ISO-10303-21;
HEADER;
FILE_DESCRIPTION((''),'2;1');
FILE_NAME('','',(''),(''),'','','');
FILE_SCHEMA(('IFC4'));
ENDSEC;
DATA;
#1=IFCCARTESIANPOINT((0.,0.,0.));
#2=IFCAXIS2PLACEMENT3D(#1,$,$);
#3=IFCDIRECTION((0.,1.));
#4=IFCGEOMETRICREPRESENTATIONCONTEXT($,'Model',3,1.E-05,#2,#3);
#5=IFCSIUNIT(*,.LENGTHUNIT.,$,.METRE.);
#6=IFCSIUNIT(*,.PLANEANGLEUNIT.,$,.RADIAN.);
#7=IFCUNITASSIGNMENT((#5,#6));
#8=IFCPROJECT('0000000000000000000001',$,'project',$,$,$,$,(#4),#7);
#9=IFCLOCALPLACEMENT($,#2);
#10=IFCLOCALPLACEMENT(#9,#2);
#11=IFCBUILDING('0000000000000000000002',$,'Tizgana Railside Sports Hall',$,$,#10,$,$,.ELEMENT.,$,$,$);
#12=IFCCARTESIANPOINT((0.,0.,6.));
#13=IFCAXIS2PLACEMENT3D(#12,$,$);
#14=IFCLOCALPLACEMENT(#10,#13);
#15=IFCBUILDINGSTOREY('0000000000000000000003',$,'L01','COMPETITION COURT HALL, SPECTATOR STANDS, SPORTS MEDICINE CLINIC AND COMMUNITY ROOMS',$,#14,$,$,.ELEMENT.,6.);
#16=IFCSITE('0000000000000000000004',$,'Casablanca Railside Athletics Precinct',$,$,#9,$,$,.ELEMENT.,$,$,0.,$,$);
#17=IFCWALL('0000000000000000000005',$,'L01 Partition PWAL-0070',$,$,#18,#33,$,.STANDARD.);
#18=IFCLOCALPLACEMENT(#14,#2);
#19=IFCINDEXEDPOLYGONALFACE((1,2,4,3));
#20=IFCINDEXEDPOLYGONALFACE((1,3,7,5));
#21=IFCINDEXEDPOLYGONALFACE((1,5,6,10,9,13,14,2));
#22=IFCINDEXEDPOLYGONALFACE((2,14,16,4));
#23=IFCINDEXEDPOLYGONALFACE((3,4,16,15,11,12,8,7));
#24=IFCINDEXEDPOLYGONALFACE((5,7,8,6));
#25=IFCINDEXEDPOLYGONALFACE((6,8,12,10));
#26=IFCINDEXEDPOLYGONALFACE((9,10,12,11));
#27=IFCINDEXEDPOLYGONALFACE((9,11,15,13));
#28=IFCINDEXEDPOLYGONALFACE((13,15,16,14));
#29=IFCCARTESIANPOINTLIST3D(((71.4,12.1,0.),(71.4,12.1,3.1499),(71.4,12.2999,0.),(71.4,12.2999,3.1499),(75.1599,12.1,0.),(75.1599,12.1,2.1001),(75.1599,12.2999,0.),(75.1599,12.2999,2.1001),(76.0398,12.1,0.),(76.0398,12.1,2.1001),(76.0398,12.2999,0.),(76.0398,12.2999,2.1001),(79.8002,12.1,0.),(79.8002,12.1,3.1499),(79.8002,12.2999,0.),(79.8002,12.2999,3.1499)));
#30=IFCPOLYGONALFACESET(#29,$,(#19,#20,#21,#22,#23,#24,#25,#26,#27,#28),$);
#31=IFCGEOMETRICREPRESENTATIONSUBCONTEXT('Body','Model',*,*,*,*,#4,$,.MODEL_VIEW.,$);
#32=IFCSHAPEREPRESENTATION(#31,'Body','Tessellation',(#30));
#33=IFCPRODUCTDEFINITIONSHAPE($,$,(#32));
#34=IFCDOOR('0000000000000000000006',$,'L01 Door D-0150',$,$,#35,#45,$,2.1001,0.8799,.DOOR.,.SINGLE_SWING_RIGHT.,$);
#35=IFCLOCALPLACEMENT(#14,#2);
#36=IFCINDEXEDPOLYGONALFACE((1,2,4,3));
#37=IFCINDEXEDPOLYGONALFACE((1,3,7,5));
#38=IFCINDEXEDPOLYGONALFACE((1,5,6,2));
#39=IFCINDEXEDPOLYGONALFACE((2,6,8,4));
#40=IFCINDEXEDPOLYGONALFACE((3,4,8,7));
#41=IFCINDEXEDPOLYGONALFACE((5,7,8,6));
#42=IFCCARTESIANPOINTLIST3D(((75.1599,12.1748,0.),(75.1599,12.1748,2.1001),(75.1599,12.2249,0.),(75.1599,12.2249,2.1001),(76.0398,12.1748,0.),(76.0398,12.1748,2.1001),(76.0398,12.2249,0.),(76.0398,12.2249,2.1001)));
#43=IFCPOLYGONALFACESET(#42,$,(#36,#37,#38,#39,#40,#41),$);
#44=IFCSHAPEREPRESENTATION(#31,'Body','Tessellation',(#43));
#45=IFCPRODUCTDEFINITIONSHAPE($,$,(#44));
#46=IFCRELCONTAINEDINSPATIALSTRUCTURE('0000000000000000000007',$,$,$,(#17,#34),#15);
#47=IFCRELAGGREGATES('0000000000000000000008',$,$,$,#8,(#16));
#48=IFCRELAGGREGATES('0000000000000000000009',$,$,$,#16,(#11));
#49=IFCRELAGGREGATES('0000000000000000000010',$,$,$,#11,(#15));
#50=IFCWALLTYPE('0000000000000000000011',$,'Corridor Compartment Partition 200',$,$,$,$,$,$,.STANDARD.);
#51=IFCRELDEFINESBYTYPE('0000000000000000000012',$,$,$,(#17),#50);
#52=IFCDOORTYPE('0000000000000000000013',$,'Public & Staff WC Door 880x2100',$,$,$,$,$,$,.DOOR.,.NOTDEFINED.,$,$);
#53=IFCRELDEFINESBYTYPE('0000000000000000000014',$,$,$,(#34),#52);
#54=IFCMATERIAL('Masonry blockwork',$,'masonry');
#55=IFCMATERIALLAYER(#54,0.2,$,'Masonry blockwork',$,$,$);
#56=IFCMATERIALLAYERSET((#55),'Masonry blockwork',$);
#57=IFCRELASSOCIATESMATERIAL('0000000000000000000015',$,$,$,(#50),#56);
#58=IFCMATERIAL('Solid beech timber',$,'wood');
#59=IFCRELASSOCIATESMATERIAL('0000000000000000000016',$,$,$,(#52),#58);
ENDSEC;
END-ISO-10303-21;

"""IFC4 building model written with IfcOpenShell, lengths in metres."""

from ifc_helpers import new_model, si_unit, direction, frame, frame_2d, origin, place, context, subcontext, project, spatial, rectangle, extrude, material, layer, layer_set, type_object, element, fill, save


model = new_model("IFC4")

# Units and contexts
model_context = context("Model", 3, precision=1e-05, world=origin(), true_north=direction((0.0, 1.0)))
body_context = subcontext(model_context, "Body", "Model", "MODEL_VIEW")
ifc_project = project(units=[si_unit("LENGTHUNIT", "METRE"), si_unit("PLANEANGLEUNIT", "RADIAN")], contexts=[model_context])

# Site, building, storey
site_placement = place(None, origin())
site = spatial("IfcSite", under=ifc_project, at=site_placement, Name="Casablanca Railside Athletics Precinct", CompositionType="ELEMENT", RefElevation=0.0)
building_placement = place(site_placement, origin())
building = spatial("IfcBuilding", under=site, at=building_placement, Name="Tizgana Railside Sports Hall", CompositionType="ELEMENT")
storey_placement = place(building_placement, frame((0.0, 0.0, 6.0)))
storey = spatial("IfcBuildingStorey", under=building, at=storey_placement, Name="L01", Description="COMPETITION COURT HALL, SPECTATOR STANDS, SPORTS MEDICINE CLINIC AND COMMUNITY ROOMS", CompositionType="ELEMENT", Elevation=6.0)

# Shared definitions
ifc_material_1 = material(Name="Solid beech timber", Category="wood")

# Wall, opening, door
ifc_material_2 = material(Name="Masonry blockwork", Category="masonry")
ifc_layer_1 = layer(ifc_material_2, 0.2, Name="Masonry blockwork")
ifc_layer_set_1 = layer_set([ifc_layer_1], Name="Masonry blockwork")
wall_type_1 = type_object("IfcWallType", Name="Corridor Compartment Partition 200", PredefinedType="STANDARD", material=ifc_layer_set_1)
wall_1_placement = place(storey_placement, frame((71.3999, 12.2, 0.0), z_axis=(0.0, 0.0, 1.0), x_axis=(1.0, 0.0, 0.0)))
wall_1 = element("IfcWall", 1, at=wall_1_placement, inside=storey, type_object=wall_type_1, Name="L01 Partition PWAL-0070", PredefinedType="STANDARD", context=body_context, shape_type="SweptSolid", body=[
    extrude(rectangle(XDim=8.4001, YDim=0.2, at=frame_2d((4.2002, 0.0))), origin(), (0.0, 0.0, 1.0), 3.1499),
])
opening_1_placement = place(wall_1_placement, frame((3.76, 0.0, 0.0)))
opening_1 = element("IfcOpeningElement", 2, at=opening_1_placement, cuts=wall_1, PredefinedType="OPENING", context=body_context, shape_type="SweptSolid", body=[
    extrude(rectangle(XDim=0.8799, YDim=2.1001, at=frame_2d((0.4399, 1.05))), frame((0.0, 0.1099, 0.0), z_axis=(0.0, -1.0, 0.0), x_axis=(1.0, 0.0, 0.0)), (0.0, 0.0, 1.0), 0.22),
])
door_type_1 = type_object("IfcDoorType", Name="Public & Staff WC Door 880x2100", OperationType="NOTDEFINED", PredefinedType="DOOR", material=ifc_material_1)
door_1_placement = place(opening_1_placement, origin())
door_1 = element("IfcDoor", 3, at=door_1_placement, inside=storey, type_object=door_type_1, Name="L01 Door D-0150", OperationType="SINGLE_SWING_RIGHT", OverallHeight=2.1001, OverallWidth=0.8799, PredefinedType="DOOR", context=body_context, shape_type="SweptSolid", body=[
    extrude(rectangle(XDim=0.8799, YDim=2.1001, at=frame_2d((0.4399, 1.05))), frame((0.0, 0.0249, 0.0), z_axis=(0.0, -1.0, 0.0), x_axis=(1.0, 0.0, 0.0)), (0.0, 0.0, 1.0), 0.05),
])
fill(opening_1, door_1)

save(model, "model.ifc")
